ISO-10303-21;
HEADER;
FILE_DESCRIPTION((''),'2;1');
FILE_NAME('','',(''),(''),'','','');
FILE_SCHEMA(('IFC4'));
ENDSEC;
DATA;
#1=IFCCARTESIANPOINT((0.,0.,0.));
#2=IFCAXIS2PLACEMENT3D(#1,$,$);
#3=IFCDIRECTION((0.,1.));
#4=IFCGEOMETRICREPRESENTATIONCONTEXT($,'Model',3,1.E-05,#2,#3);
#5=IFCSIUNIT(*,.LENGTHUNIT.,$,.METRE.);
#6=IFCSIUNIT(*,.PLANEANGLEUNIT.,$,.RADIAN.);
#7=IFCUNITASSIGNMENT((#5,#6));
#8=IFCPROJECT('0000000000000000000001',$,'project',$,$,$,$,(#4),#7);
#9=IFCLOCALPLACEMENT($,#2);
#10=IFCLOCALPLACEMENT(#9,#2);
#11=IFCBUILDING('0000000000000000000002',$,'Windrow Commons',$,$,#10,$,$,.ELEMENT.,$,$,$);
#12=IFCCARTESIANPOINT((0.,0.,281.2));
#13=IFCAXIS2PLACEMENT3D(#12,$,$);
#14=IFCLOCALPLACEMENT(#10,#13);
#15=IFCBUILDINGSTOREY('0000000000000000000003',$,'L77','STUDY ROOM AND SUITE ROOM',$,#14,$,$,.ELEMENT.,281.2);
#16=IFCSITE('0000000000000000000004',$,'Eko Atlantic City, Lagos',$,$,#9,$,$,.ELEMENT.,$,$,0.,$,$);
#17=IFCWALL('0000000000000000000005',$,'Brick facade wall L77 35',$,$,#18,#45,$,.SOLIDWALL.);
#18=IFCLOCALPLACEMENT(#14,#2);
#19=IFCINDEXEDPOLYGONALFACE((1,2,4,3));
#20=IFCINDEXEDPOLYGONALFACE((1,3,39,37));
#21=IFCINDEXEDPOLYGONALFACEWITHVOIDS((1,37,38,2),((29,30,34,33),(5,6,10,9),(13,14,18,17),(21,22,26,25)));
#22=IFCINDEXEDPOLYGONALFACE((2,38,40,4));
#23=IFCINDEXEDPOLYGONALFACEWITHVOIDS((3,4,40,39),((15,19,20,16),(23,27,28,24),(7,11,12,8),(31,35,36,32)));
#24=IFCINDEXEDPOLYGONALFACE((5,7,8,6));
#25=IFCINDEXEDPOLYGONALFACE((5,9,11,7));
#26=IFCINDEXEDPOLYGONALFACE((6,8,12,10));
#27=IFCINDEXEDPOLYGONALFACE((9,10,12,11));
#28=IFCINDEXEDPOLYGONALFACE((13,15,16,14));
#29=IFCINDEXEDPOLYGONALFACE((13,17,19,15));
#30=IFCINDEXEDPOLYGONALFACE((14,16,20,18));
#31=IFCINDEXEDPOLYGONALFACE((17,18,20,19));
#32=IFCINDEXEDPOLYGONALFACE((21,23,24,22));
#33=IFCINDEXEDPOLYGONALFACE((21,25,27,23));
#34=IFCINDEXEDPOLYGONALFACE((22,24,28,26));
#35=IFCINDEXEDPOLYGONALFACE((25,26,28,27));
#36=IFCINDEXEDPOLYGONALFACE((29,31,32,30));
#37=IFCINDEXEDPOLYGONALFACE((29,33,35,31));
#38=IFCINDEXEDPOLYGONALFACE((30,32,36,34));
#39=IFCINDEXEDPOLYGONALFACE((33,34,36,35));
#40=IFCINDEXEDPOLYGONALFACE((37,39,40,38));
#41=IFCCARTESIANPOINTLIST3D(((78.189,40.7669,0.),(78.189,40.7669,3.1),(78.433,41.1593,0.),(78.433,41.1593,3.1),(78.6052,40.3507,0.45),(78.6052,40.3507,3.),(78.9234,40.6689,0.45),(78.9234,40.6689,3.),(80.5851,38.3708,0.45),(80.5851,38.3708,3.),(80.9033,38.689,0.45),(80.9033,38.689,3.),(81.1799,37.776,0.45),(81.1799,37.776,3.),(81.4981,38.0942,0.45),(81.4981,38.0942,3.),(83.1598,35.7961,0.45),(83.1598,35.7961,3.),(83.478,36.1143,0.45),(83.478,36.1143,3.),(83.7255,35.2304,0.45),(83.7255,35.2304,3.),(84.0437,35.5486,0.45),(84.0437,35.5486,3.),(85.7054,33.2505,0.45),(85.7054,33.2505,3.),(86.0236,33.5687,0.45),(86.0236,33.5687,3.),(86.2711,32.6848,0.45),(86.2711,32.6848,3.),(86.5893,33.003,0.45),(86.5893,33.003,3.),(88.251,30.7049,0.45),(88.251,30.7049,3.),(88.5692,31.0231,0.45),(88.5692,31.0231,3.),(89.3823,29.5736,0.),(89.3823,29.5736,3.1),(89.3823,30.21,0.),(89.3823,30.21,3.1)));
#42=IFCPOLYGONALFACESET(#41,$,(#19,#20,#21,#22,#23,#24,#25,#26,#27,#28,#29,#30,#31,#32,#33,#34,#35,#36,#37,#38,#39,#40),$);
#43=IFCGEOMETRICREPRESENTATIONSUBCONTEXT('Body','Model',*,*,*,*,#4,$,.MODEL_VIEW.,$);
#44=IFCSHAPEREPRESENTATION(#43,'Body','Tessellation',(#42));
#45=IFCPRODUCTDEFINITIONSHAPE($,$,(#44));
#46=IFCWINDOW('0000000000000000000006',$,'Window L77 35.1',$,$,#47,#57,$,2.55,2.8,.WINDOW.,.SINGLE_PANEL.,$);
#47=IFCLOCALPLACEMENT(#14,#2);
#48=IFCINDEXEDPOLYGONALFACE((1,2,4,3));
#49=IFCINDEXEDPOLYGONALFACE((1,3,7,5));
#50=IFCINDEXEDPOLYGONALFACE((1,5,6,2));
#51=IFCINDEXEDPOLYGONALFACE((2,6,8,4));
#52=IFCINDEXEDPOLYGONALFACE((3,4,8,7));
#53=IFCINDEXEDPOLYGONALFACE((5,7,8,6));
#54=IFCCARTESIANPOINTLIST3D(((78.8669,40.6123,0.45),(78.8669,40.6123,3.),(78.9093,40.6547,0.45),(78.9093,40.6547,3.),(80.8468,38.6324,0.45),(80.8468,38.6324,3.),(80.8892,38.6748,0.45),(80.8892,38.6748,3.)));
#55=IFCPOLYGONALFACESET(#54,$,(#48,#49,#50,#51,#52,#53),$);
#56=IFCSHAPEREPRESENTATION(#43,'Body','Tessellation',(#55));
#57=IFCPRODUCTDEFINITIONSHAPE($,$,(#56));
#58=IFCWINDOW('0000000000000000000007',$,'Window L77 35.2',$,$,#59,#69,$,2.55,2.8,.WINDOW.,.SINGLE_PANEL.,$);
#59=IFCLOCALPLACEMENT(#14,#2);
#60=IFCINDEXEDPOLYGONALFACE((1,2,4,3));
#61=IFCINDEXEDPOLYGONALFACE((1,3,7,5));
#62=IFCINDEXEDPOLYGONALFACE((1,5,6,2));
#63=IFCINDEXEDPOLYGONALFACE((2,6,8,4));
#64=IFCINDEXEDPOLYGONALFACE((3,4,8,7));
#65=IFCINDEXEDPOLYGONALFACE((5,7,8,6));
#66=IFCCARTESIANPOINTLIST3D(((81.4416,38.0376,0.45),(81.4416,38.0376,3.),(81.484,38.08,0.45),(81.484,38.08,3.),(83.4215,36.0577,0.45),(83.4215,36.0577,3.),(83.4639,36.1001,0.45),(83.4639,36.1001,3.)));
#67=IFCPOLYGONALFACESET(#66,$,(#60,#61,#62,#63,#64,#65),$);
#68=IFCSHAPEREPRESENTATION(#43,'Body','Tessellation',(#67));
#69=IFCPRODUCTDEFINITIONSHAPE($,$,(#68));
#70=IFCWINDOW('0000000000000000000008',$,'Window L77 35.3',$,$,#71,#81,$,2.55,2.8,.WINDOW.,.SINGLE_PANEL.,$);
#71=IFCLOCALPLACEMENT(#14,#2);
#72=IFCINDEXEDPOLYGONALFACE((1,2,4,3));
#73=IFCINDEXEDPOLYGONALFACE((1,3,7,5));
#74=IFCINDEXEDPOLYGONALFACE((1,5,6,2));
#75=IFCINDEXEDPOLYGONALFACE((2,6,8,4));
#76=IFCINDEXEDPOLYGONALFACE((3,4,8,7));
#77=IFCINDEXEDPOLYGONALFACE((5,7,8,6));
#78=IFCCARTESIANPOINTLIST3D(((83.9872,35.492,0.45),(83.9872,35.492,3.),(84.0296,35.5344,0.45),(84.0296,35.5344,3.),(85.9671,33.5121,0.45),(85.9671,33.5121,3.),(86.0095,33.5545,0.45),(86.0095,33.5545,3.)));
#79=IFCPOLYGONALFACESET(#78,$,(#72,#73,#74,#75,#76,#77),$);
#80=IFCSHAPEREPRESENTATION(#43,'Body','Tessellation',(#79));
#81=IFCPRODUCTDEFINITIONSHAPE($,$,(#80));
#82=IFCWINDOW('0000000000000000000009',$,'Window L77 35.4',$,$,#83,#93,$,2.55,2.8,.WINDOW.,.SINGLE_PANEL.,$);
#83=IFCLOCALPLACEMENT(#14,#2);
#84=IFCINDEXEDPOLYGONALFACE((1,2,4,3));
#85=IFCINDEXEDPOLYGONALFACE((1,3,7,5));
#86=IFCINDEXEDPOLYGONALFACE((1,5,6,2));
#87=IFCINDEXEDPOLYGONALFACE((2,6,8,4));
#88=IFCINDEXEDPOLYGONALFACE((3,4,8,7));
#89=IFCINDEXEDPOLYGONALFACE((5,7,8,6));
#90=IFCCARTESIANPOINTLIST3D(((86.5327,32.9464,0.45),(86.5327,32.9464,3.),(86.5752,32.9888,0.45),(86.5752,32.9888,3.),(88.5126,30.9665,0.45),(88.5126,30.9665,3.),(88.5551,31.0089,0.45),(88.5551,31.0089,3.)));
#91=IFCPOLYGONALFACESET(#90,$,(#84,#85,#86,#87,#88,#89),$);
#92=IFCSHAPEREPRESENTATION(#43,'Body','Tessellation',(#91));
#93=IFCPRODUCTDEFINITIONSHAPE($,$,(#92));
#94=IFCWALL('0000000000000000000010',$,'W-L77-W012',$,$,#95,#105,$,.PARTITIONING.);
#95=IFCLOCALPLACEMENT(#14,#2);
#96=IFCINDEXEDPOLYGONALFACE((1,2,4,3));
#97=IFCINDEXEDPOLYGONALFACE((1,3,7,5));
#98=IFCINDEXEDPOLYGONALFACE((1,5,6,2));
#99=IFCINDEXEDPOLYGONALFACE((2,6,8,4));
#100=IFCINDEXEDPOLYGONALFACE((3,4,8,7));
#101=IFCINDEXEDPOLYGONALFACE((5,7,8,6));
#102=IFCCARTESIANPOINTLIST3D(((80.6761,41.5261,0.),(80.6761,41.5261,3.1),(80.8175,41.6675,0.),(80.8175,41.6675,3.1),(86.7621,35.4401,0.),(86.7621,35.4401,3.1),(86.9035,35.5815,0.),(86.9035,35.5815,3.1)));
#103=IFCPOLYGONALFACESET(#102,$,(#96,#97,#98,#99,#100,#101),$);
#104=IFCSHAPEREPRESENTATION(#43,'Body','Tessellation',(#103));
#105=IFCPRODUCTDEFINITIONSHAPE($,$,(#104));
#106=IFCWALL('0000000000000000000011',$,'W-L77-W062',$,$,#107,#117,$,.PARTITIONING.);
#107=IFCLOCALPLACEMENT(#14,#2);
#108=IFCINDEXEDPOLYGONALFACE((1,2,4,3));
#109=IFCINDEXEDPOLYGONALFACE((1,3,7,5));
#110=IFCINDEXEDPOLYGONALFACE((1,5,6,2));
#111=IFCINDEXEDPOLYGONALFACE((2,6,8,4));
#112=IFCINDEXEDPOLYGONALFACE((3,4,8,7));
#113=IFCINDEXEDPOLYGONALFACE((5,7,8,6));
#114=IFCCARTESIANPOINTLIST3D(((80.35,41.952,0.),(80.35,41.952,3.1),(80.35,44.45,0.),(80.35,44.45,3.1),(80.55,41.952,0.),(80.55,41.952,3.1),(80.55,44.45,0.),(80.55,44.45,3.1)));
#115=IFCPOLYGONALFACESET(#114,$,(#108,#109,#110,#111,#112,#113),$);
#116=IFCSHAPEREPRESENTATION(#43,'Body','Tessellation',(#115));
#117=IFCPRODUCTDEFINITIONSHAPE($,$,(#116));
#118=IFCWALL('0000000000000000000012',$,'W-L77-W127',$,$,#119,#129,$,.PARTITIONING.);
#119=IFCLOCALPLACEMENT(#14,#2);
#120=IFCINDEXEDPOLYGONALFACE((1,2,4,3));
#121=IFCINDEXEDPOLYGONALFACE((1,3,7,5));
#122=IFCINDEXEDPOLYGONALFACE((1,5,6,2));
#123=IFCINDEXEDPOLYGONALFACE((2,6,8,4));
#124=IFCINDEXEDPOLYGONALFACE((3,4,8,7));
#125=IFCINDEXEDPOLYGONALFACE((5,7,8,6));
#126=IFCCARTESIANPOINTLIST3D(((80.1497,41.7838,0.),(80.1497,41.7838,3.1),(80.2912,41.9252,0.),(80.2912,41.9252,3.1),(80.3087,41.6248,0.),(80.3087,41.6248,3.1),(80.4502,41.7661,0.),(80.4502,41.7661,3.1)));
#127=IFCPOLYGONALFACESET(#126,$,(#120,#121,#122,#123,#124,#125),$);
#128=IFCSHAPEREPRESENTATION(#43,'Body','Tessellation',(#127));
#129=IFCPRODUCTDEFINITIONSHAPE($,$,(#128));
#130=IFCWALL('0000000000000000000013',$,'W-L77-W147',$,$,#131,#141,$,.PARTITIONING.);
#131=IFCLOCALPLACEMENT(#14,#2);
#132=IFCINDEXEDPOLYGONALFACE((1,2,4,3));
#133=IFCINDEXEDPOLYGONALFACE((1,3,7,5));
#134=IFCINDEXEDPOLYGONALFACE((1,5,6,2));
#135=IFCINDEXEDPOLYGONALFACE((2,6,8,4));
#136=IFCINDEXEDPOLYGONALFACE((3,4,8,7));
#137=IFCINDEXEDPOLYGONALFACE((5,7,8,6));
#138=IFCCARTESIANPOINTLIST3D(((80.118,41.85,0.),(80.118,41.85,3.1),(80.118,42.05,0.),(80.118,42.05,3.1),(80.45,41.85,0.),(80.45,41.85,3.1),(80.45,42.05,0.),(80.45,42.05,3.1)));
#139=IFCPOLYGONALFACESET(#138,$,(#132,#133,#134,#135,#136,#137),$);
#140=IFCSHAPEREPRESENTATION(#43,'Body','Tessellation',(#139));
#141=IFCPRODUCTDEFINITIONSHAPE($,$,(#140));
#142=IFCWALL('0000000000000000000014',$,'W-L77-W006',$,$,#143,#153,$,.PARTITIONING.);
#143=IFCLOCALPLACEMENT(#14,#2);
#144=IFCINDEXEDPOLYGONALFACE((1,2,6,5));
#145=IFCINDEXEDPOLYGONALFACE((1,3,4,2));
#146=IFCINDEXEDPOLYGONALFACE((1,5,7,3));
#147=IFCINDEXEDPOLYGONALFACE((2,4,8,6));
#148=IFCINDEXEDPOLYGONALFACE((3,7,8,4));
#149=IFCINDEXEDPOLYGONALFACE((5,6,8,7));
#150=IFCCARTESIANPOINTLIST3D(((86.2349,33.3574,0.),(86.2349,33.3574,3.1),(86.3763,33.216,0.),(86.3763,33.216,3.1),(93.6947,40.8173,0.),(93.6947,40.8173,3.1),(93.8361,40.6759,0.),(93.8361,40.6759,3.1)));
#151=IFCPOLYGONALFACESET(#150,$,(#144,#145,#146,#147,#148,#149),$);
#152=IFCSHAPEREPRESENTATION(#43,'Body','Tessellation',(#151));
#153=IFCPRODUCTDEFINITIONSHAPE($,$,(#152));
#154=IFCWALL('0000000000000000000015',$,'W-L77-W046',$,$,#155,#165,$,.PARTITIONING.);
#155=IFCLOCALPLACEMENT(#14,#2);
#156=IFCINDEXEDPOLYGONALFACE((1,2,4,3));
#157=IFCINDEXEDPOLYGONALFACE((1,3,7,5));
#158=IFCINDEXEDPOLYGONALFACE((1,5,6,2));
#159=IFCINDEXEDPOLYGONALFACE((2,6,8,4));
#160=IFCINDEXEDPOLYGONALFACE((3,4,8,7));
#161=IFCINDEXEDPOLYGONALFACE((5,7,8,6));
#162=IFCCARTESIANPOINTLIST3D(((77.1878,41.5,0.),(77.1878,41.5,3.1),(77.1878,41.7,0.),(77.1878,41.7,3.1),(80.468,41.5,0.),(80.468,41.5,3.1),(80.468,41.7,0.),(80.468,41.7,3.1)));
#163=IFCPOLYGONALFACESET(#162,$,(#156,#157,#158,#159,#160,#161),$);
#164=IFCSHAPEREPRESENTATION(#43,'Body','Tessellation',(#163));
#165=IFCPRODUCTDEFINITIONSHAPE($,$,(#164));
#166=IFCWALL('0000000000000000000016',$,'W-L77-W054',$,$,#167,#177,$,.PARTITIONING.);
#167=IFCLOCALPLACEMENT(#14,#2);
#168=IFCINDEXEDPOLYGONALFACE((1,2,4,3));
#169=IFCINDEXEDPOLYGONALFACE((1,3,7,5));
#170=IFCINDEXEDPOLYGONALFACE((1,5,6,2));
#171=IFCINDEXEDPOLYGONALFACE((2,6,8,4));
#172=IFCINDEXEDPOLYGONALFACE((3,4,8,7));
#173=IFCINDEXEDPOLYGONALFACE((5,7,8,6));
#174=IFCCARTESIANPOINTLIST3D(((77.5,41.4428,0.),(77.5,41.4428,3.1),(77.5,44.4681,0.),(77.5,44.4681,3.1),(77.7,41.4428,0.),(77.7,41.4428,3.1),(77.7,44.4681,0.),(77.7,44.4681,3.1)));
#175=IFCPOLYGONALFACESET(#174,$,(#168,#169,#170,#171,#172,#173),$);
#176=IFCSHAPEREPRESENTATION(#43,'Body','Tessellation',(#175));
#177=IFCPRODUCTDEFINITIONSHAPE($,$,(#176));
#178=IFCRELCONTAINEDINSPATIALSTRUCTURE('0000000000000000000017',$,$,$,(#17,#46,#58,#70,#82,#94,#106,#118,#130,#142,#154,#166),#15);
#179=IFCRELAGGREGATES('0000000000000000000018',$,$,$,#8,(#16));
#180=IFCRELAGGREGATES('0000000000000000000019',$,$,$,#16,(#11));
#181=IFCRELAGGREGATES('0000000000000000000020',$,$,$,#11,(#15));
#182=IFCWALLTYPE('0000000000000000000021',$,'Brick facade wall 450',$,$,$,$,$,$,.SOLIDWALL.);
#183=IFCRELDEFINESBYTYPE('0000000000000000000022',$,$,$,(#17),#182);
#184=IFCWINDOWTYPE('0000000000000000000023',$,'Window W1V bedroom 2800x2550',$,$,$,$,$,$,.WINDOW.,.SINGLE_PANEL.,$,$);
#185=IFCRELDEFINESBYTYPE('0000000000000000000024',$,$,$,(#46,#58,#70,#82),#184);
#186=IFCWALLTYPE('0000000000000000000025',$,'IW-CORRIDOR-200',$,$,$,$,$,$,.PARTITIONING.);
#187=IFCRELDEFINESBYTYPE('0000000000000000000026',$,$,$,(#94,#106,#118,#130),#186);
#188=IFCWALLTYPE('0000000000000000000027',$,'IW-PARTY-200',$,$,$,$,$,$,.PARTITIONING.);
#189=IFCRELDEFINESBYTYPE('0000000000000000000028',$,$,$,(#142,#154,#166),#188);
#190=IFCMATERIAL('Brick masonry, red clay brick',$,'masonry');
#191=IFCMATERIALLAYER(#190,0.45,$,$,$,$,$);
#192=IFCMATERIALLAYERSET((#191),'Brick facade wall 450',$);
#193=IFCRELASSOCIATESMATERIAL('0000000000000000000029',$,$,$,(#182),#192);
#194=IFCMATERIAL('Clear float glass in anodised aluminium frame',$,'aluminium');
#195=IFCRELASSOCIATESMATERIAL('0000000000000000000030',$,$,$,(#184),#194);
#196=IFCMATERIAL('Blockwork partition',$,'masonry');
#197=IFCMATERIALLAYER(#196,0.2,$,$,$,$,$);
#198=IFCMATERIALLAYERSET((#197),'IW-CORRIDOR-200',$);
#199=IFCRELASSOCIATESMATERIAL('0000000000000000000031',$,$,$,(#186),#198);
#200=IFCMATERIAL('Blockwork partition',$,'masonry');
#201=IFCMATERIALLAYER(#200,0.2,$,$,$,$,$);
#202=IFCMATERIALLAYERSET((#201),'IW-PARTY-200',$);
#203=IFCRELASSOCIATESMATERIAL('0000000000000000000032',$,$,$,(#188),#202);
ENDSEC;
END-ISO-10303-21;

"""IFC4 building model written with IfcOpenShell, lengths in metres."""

from ifc_helpers import new_model, si_unit, direction, frame, frame_2d, origin, place, context, subcontext, project, spatial, polyline, rectangle, outline, extrude, material, layer, layer_set, type_object, element, fill, save


model = new_model("IFC4")

# Units and contexts
model_context = context("Model", 3, precision=1e-05, world=origin(), true_north=direction((0.0, 1.0)))
body_context = subcontext(model_context, "Body", "Model", "MODEL_VIEW")
ifc_project = project(units=[si_unit("LENGTHUNIT", "METRE"), si_unit("PLANEANGLEUNIT", "RADIAN")], contexts=[model_context])

# Site, building, storey
site_placement = place(None, origin())
site = spatial("IfcSite", under=ifc_project, at=site_placement, Name="Eko Atlantic City, Lagos", CompositionType="ELEMENT", RefElevation=0.0)
building_placement = place(site_placement, origin())
building = spatial("IfcBuilding", under=site, at=building_placement, Name="Windrow Commons", CompositionType="ELEMENT")
storey_placement = place(building_placement, frame((0.0, 0.0, 281.2)))
storey = spatial("IfcBuildingStorey", under=building, at=storey_placement, Name="L77", Description="STUDY ROOM AND SUITE ROOM", CompositionType="ELEMENT", Elevation=281.2)

# Shared definitions
ifc_material_1 = material(Name="Brick masonry, red clay brick", Category="masonry")
ifc_layer_1 = layer(ifc_material_1, 0.45)
ifc_layer_set_1 = layer_set([ifc_layer_1], Name="Brick facade wall 450")
wall_type_1 = type_object("IfcWallType", Name="Brick facade wall 450", PredefinedType="SOLIDWALL", material=ifc_layer_set_1)

# Wall, openings, windows
wall_1_placement = place(storey_placement, frame((78.311, 40.9631, 0.0), z_axis=(0.0, 0.0, 1.0), x_axis=(0.707107, -0.707107, 0.0)))
wall_1 = element("IfcWall", 1, at=wall_1_placement, inside=storey, type_object=wall_type_1, Name="Brick facade wall L77 35", PredefinedType="SOLIDWALL", context=body_context, shape_type="SweptSolid", body=[
    extrude(outline(polyline([(0.0524, -0.225), (15.8822, -0.225), (15.4322, 0.225), (-0.0524, 0.225), (0.0524, -0.225)])), origin(), (0.0, 0.0, 1.0), 3.1),
])
opening_1_placement = place(wall_1_placement, frame((0.6411, 0.0, 0.45)))
opening_1 = element("IfcOpeningElement", 2, at=opening_1_placement, cuts=wall_1, PredefinedType="OPENING", context=body_context, shape_type="SweptSolid", body=[
    extrude(rectangle(XDim=2.8, YDim=2.55, at=frame_2d((1.4, 1.275))), frame((0.0, 0.235, 0.0), z_axis=(0.0, -1.0, 0.0), x_axis=(1.0, 0.0, 0.0)), (0.0, 0.0, 1.0), 0.47),
])
opening_2_placement = place(wall_1_placement, frame((4.2823, 0.0, 0.45)))
opening_2 = element("IfcOpeningElement", 3, at=opening_2_placement, cuts=wall_1, PredefinedType="OPENING", context=body_context, shape_type="SweptSolid", body=[
    extrude(rectangle(XDim=2.8, YDim=2.55, at=frame_2d((1.4, 1.275))), frame((0.0, 0.235, 0.0), z_axis=(0.0, -1.0, 0.0), x_axis=(1.0, 0.0, 0.0)), (0.0, 0.0, 1.0), 0.47),
])
opening_3_placement = place(wall_1_placement, frame((7.8823, 0.0, 0.45)))
opening_3 = element("IfcOpeningElement", 4, at=opening_3_placement, cuts=wall_1, PredefinedType="OPENING", context=body_context, shape_type="SweptSolid", body=[
    extrude(rectangle(XDim=2.8, YDim=2.55, at=frame_2d((1.4, 1.275))), frame((0.0, 0.235, 0.0), z_axis=(0.0, -1.0, 0.0), x_axis=(1.0, 0.0, 0.0)), (0.0, 0.0, 1.0), 0.47),
])
opening_4_placement = place(wall_1_placement, frame((11.4823, 0.0, 0.45)))
opening_4 = element("IfcOpeningElement", 5, at=opening_4_placement, cuts=wall_1, PredefinedType="OPENING", context=body_context, shape_type="SweptSolid", body=[
    extrude(rectangle(XDim=2.8, YDim=2.55, at=frame_2d((1.4, 1.275))), frame((0.0, 0.235, 0.0), z_axis=(0.0, -1.0, 0.0), x_axis=(1.0, 0.0, 0.0)), (0.0, 0.0, 1.0), 0.47),
])
ifc_material_2 = material(Name="Clear float glass in anodised aluminium frame", Category="aluminium")
window_type_1 = type_object("IfcWindowType", Name="Window W1V bedroom 2800x2550", PartitioningType="SINGLE_PANEL", PredefinedType="WINDOW", material=ifc_material_2)
window_1_placement = place(opening_1_placement, origin())
window_1 = element("IfcWindow", 6, at=window_1_placement, inside=storey, type_object=window_type_1, Name="Window L77 35.1", OverallHeight=2.55, OverallWidth=2.8, PartitioningType="SINGLE_PANEL", PredefinedType="WINDOW", context=body_context, shape_type="SweptSolid", body=[
    extrude(rectangle(XDim=2.8, YDim=2.55, at=frame_2d((1.4, 1.275))), frame((0.0, 0.205, 0.0), z_axis=(0.0, -1.0, 0.0), x_axis=(1.0, 0.0, 0.0)), (0.0, 0.0, 1.0), 0.06),
])
fill(opening_1, window_1)
window_2_placement = place(opening_2_placement, origin())
window_2 = element("IfcWindow", 7, at=window_2_placement, inside=storey, type_object=window_type_1, Name="Window L77 35.2", OverallHeight=2.55, OverallWidth=2.8, PartitioningType="SINGLE_PANEL", PredefinedType="WINDOW", context=body_context, shape_type="SweptSolid", body=[
    extrude(rectangle(XDim=2.8, YDim=2.55, at=frame_2d((1.4, 1.275))), frame((0.0, 0.205, 0.0), z_axis=(0.0, -1.0, 0.0), x_axis=(1.0, 0.0, 0.0)), (0.0, 0.0, 1.0), 0.06),
])
fill(opening_2, window_2)
window_3_placement = place(opening_3_placement, origin())
window_3 = element("IfcWindow", 8, at=window_3_placement, inside=storey, type_object=window_type_1, Name="Window L77 35.3", OverallHeight=2.55, OverallWidth=2.8, PartitioningType="SINGLE_PANEL", PredefinedType="WINDOW", context=body_context, shape_type="SweptSolid", body=[
    extrude(rectangle(XDim=2.8, YDim=2.55, at=frame_2d((1.4, 1.275))), frame((0.0, 0.205, 0.0), z_axis=(0.0, -1.0, 0.0), x_axis=(1.0, 0.0, 0.0)), (0.0, 0.0, 1.0), 0.06),
])
fill(opening_3, window_3)
window_4_placement = place(opening_4_placement, origin())
window_4 = element("IfcWindow", 9, at=window_4_placement, inside=storey, type_object=window_type_1, Name="Window L77 35.4", OverallHeight=2.55, OverallWidth=2.8, PartitioningType="SINGLE_PANEL", PredefinedType="WINDOW", context=body_context, shape_type="SweptSolid", body=[
    extrude(rectangle(XDim=2.8, YDim=2.55, at=frame_2d((1.4, 1.275))), frame((0.0, 0.205, 0.0), z_axis=(0.0, -1.0, 0.0), x_axis=(1.0, 0.0, 0.0)), (0.0, 0.0, 1.0), 0.06),
])
fill(opening_4, window_4)

# Walls
ifc_material_3 = material(Name="Blockwork partition", Category="masonry")
ifc_layer_2 = layer(ifc_material_3, 0.2)
ifc_layer_set_2 = layer_set([ifc_layer_2], Name="IW-CORRIDOR-200")
wall_type_2 = type_object("IfcWallType", Name="IW-CORRIDOR-200", PredefinedType="PARTITIONING", material=ifc_layer_set_2)
wall_2_placement = place(storey_placement, frame((80.7468, 41.5968, 0.0), z_axis=(0.0, 0.0, 1.0), x_axis=(0.707107, -0.707107, 0.0)))
element("IfcWall", 10, at=wall_2_placement, inside=storey, type_object=wall_type_2, Name="W-L77-W012", PredefinedType="PARTITIONING", context=body_context, shape_type="SweptSolid", body=[
    extrude(rectangle(XDim=8.6069, YDim=0.2, at=frame_2d((4.3034, 0.0))), origin(), (0.0, 0.0, 1.0), 3.1),
])
wall_3_placement = place(storey_placement, frame((80.45, 41.952, 0.0), z_axis=(0.0, 0.0, 1.0), x_axis=(0.0, 1.0, 0.0)))
element("IfcWall", 11, at=wall_3_placement, inside=storey, type_object=wall_type_2, Name="W-L77-W062", PredefinedType="PARTITIONING", context=body_context, shape_type="SweptSolid", body=[
    extrude(rectangle(XDim=2.498, YDim=0.2, at=frame_2d((1.249, 0.0))), origin(), (0.0, 0.0, 1.0), 3.1),
])
wall_4_placement = place(storey_placement, frame((80.2205, 41.8545, 0.0), z_axis=(0.0, 0.0, 1.0), x_axis=(0.706884, -0.707329, 0.0)))
element("IfcWall", 12, at=wall_4_placement, inside=storey, type_object=wall_type_2, Name="W-L77-W127", PredefinedType="PARTITIONING", context=body_context, shape_type="SweptSolid", body=[
    extrude(rectangle(XDim=0.2249, YDim=0.2, at=frame_2d((0.1124, 0.0))), origin(), (0.0, 0.0, 1.0), 3.1),
])
wall_5_placement = place(storey_placement, frame((80.118, 41.95, 0.0), z_axis=(0.0, 0.0, 1.0), x_axis=(1.0, 0.0, 0.0)))
element("IfcWall", 13, at=wall_5_placement, inside=storey, type_object=wall_type_2, Name="W-L77-W147", PredefinedType="PARTITIONING", context=body_context, shape_type="SweptSolid", body=[
    extrude(rectangle(XDim=0.332, YDim=0.2, at=frame_2d((0.166, 0.0))), origin(), (0.0, 0.0, 1.0), 3.1),
])
ifc_material_4 = material(Name="Blockwork partition", Category="masonry")
ifc_layer_3 = layer(ifc_material_4, 0.2)
ifc_layer_set_3 = layer_set([ifc_layer_3], Name="IW-PARTY-200")
wall_type_3 = type_object("IfcWallType", Name="IW-PARTY-200", PredefinedType="PARTITIONING", material=ifc_layer_set_3)
wall_6_placement = place(storey_placement, frame((86.3056, 33.2867, 0.0), z_axis=(0.0, 0.0, 1.0), x_axis=(0.707102, 0.707112, 0.0)))
element("IfcWall", 14, at=wall_6_placement, inside=storey, type_object=wall_type_3, Name="W-L77-W006", PredefinedType="PARTITIONING", context=body_context, shape_type="SweptSolid", body=[
    extrude(rectangle(XDim=10.5498, YDim=0.2, at=frame_2d((5.2749, 0.0))), origin(), (0.0, 0.0, 1.0), 3.1),
])
wall_7_placement = place(storey_placement, frame((77.1878, 41.6, 0.0), z_axis=(0.0, 0.0, 1.0), x_axis=(1.0, 0.0, 0.0)))
element("IfcWall", 15, at=wall_7_placement, inside=storey, type_object=wall_type_3, Name="W-L77-W046", PredefinedType="PARTITIONING", context=body_context, shape_type="SweptSolid", body=[
    extrude(rectangle(XDim=3.2802, YDim=0.2, at=frame_2d((1.6401, 0.0))), origin(), (0.0, 0.0, 1.0), 3.1),
])
wall_8_placement = place(storey_placement, frame((77.6, 41.4427, 0.0), z_axis=(0.0, 0.0, 1.0), x_axis=(0.0, 1.0, 0.0)))
element("IfcWall", 16, at=wall_8_placement, inside=storey, type_object=wall_type_3, Name="W-L77-W054", PredefinedType="PARTITIONING", context=body_context, shape_type="SweptSolid", body=[
    extrude(rectangle(XDim=3.0253, YDim=0.2, at=frame_2d((1.5127, 0.0))), origin(), (0.0, 0.0, 1.0), 3.1),
])

save(model, "model.ifc")
